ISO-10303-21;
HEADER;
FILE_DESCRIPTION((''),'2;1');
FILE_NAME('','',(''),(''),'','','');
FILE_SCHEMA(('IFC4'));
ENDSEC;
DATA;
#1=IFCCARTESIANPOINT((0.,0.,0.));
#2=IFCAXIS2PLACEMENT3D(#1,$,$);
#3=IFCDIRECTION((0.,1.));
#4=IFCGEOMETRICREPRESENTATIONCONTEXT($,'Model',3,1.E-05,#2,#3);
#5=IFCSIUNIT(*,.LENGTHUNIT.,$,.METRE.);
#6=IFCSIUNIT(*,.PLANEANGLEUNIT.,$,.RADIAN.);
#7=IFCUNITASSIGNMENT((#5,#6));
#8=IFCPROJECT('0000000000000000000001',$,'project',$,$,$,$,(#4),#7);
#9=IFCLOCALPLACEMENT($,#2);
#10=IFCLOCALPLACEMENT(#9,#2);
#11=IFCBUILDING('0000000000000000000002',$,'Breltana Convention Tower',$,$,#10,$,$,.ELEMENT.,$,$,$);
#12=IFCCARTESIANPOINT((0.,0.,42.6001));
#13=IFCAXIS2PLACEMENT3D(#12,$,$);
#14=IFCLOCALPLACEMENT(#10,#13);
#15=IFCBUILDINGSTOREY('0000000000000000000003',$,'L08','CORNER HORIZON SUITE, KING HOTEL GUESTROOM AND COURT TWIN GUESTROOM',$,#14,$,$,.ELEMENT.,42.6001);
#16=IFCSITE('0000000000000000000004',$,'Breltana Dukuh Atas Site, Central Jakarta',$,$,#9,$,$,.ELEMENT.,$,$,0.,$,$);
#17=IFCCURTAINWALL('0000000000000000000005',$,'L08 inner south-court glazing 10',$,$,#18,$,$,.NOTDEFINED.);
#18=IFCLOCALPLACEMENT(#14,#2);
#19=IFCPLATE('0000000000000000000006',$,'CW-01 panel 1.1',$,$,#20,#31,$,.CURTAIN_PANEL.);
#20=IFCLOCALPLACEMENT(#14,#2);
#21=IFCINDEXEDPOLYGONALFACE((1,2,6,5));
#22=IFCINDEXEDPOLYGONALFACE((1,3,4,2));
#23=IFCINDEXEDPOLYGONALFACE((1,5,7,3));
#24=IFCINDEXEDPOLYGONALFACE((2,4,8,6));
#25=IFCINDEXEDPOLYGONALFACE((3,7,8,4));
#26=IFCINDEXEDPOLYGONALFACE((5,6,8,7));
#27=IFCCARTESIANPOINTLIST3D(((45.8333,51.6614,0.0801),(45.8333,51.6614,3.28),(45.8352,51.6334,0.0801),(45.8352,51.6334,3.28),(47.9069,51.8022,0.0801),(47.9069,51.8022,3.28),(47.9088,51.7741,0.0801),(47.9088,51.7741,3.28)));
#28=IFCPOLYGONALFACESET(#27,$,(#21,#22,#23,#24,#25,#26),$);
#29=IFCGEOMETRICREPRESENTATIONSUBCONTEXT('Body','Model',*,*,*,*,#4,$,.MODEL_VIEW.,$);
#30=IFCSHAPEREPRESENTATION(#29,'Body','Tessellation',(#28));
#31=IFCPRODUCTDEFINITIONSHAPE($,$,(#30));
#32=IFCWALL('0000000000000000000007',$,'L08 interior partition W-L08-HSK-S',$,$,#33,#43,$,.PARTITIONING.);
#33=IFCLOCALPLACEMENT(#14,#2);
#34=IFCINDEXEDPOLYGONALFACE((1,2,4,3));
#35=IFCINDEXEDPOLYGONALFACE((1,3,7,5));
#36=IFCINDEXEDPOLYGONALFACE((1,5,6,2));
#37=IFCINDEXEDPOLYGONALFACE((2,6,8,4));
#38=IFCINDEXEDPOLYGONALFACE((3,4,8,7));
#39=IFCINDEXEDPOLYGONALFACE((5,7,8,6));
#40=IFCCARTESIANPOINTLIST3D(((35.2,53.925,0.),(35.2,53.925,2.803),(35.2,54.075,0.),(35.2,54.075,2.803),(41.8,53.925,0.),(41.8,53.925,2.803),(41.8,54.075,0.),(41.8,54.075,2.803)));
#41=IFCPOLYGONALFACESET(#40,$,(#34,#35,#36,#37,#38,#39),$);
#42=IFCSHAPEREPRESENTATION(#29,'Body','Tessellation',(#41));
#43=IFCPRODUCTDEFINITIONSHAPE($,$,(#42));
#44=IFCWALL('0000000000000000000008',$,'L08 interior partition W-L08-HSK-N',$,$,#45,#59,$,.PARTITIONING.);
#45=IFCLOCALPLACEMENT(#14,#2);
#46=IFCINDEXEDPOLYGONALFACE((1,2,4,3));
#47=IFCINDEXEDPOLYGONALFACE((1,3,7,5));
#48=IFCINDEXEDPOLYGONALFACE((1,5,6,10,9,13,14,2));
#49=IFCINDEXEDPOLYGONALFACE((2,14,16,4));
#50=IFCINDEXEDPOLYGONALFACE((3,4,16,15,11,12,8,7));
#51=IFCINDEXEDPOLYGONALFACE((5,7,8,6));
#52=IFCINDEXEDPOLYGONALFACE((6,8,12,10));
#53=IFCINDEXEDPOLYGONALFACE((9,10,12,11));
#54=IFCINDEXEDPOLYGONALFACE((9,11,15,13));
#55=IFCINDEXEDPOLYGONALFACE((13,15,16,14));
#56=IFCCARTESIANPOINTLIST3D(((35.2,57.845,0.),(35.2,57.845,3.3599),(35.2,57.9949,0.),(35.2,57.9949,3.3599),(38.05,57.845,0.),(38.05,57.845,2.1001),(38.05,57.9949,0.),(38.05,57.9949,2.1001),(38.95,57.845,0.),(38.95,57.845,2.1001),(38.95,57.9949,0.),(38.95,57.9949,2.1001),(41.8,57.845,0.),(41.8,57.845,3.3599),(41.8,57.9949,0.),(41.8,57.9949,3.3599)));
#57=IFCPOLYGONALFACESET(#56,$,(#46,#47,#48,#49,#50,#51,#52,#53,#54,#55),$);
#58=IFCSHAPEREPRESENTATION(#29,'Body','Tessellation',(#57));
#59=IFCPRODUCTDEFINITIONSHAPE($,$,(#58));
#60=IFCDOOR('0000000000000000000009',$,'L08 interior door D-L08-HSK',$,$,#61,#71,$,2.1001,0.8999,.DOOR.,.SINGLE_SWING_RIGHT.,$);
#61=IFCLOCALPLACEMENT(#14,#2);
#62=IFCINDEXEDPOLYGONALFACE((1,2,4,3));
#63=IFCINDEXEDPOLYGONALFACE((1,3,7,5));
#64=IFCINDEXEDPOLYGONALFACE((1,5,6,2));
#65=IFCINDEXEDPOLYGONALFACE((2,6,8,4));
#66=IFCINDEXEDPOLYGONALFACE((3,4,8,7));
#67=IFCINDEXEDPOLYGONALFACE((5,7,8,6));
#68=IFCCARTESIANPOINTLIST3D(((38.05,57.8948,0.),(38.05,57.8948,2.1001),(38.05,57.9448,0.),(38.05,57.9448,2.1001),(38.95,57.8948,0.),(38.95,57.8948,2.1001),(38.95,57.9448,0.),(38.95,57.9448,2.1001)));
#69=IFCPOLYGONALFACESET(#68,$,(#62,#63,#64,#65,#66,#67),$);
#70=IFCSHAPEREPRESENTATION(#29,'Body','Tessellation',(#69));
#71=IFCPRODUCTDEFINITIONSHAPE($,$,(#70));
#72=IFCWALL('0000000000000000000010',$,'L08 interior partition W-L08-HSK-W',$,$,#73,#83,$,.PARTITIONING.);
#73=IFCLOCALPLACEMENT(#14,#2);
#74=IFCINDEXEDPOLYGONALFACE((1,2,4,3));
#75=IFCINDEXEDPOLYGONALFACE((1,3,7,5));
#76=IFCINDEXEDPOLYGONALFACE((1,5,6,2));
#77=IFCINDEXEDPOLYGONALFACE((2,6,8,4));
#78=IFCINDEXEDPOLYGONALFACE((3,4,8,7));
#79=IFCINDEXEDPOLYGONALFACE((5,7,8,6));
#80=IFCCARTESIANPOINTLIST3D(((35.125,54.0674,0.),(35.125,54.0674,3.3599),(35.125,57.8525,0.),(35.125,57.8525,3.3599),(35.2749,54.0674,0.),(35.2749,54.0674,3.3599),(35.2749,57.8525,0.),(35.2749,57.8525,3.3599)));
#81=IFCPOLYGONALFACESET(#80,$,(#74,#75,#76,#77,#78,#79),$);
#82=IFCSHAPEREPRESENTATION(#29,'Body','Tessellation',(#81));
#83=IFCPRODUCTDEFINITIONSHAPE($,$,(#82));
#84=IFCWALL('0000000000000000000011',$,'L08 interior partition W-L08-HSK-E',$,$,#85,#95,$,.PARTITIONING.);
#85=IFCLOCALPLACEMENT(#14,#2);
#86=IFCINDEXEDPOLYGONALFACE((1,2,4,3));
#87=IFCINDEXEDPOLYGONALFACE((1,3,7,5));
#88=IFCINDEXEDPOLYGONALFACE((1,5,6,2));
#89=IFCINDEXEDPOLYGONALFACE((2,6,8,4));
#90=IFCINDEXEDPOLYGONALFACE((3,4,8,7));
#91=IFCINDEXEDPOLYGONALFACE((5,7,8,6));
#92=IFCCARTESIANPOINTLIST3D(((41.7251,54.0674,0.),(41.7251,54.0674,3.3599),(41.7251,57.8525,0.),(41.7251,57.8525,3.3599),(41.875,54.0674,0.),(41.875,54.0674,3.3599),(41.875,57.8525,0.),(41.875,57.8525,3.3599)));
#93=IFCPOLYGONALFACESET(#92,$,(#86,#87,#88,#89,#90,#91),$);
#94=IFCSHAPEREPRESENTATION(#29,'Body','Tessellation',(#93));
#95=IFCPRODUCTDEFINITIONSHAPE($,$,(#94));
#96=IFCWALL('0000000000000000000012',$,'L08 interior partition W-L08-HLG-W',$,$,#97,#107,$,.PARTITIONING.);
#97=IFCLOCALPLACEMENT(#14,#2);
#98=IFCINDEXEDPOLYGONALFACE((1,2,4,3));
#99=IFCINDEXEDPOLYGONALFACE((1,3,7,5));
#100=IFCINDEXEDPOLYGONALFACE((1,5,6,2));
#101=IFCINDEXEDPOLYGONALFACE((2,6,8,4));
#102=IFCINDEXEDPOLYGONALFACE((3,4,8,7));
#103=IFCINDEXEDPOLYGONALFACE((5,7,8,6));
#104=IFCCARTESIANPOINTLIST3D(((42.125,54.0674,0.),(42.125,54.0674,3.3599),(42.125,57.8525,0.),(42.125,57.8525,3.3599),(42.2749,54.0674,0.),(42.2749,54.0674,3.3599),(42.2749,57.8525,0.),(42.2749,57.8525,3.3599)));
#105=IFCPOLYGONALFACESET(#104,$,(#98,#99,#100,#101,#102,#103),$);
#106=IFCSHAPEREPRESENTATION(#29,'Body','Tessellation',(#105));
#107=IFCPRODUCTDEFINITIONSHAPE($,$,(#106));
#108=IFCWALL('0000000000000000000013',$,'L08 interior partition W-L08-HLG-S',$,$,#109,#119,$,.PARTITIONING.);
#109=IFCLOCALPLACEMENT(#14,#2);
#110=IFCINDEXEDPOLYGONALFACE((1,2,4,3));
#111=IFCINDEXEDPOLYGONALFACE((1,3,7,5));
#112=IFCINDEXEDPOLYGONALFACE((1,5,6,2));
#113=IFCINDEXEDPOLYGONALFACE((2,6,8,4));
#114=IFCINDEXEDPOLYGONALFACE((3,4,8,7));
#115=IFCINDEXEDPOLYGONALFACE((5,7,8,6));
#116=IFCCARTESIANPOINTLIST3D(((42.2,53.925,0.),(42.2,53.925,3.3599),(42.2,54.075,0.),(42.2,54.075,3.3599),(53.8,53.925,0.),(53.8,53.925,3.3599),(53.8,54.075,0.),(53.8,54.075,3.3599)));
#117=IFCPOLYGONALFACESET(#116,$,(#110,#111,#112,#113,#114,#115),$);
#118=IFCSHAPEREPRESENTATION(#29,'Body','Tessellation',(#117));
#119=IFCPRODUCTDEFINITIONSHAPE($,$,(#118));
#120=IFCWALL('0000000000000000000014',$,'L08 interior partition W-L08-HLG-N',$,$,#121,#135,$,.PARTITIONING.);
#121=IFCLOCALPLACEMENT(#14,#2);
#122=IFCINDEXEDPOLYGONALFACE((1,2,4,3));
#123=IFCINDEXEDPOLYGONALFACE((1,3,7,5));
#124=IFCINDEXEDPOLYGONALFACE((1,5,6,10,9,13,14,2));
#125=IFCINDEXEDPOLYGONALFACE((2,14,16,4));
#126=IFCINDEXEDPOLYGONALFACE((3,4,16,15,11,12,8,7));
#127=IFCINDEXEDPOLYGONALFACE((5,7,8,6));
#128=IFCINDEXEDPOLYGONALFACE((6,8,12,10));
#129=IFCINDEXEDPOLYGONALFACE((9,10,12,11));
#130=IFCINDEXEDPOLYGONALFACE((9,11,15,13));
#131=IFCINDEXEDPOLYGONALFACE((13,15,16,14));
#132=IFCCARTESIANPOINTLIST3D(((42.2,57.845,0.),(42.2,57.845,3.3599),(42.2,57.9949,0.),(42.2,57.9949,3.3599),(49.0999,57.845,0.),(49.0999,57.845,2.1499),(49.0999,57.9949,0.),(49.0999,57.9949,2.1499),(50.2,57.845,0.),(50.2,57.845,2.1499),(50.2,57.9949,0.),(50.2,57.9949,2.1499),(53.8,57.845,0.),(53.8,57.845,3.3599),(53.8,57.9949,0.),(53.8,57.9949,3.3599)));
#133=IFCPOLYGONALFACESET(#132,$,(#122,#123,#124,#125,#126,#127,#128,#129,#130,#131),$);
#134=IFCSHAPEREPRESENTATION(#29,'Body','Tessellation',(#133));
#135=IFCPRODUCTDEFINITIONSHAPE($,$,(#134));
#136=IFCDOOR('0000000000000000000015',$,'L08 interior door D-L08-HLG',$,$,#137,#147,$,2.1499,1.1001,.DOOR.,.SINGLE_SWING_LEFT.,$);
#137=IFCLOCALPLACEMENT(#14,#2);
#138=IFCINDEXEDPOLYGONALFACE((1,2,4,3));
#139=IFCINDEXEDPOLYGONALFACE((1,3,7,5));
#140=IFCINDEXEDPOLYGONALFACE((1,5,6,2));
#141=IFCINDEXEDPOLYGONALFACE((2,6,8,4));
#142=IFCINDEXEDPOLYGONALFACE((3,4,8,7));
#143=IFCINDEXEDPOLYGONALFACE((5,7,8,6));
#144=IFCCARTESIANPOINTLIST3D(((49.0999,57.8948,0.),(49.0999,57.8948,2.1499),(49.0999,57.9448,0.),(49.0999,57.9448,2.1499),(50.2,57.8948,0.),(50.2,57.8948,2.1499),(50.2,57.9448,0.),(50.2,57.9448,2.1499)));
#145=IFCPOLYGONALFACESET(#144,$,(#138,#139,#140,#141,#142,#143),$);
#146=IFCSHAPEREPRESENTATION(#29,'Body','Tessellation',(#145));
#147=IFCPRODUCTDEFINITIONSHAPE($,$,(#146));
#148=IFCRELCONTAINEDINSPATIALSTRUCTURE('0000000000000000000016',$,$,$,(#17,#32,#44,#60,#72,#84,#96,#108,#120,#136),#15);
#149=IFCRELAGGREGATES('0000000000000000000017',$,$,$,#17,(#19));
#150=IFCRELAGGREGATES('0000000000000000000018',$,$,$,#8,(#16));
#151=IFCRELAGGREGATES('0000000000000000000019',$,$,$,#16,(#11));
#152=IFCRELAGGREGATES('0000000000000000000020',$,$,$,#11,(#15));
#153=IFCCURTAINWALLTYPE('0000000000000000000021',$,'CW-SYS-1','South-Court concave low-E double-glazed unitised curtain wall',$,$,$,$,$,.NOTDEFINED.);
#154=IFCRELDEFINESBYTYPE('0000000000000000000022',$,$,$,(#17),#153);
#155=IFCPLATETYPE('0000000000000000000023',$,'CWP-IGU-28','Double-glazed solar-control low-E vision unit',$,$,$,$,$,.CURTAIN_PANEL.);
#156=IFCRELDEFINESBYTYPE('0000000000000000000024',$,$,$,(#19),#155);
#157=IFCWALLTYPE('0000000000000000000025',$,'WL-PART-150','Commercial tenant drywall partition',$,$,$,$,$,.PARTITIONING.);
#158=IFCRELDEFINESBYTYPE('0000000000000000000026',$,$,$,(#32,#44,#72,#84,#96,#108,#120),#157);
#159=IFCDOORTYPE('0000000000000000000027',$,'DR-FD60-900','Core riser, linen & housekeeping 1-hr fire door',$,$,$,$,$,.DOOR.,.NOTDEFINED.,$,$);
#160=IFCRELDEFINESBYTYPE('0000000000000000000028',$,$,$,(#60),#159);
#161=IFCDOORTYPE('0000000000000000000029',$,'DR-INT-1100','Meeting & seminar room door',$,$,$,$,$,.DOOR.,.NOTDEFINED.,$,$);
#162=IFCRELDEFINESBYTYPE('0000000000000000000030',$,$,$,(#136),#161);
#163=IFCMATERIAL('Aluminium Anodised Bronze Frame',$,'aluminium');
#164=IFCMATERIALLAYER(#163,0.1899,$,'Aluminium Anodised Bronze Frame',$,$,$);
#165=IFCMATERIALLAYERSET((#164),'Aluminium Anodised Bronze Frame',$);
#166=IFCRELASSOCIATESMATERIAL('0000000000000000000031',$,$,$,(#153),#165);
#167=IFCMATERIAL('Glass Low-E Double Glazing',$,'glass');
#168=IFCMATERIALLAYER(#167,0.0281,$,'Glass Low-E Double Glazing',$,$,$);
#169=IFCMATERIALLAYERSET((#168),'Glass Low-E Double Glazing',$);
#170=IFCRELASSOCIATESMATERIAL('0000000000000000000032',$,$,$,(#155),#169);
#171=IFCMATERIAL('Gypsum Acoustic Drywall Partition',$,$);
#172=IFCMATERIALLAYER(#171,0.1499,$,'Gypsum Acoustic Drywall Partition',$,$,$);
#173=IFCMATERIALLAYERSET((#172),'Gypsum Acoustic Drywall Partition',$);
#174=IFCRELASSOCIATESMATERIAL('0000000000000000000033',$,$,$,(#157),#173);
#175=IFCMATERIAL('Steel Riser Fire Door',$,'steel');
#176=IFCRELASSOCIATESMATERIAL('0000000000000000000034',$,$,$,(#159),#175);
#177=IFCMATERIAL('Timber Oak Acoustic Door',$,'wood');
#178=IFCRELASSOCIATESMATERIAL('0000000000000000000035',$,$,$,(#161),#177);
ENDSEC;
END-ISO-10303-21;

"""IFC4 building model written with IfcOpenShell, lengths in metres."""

from ifc_helpers import new_model, si_unit, direction, frame, frame_2d, origin, origin_2d, place, context, subcontext, project, spatial, rectangle, extrude, source, transform, mapped, material, layer, layer_set, type_object, type_shapes, element, fill, aggregate, save


model = new_model("IFC4")

# Units and contexts
model_context = context("Model", 3, precision=1e-05, world=origin(), true_north=direction((0.0, 1.0)))
body_context = subcontext(model_context, "Body", "Model", "MODEL_VIEW")
ifc_project = project(units=[si_unit("LENGTHUNIT", "METRE"), si_unit("PLANEANGLEUNIT", "RADIAN")], contexts=[model_context])

# Site, building, storey
site_placement = place(None, origin())
site = spatial("IfcSite", under=ifc_project, at=site_placement, Name="Breltana Dukuh Atas Site, Central Jakarta", CompositionType="ELEMENT", RefElevation=0.0)
building_placement = place(site_placement, origin())
building = spatial("IfcBuilding", under=site, at=building_placement, Name="Breltana Convention Tower", CompositionType="ELEMENT")
storey_placement = place(building_placement, frame((0.0, 0.0, 42.6001)))
storey = spatial("IfcBuildingStorey", under=building, at=storey_placement, Name="L08", Description="CORNER HORIZON SUITE, KING HOTEL GUESTROOM AND COURT TWIN GUESTROOM", CompositionType="ELEMENT", Elevation=42.6001)

# Shared definitions
ifc_material_1 = material(Name="Aluminium Anodised Bronze Frame", Category="aluminium")
ifc_layer_1 = layer(ifc_material_1, 0.1899, Name="Aluminium Anodised Bronze Frame")
ifc_layer_set_1 = layer_set([ifc_layer_1], Name="Aluminium Anodised Bronze Frame")
curtain_wall_type = type_object("IfcCurtainWallType", Name="CW-SYS-1", Description="South-Court concave low-E double-glazed unitised curtain wall", PredefinedType="NOTDEFINED", material=ifc_layer_set_1)

# Curtain wall
curtain_wall_1_placement = place(storey_placement, origin())
curtain_wall_1 = element("IfcCurtainWall", 1, at=curtain_wall_1_placement, inside=storey, type_object=curtain_wall_type, Name="L08 inner south-court glazing 10", PredefinedType="NOTDEFINED")

# Plate
ifc_material_2 = material(Name="Glass Low-E Double Glazing", Category="glass")
ifc_layer_2 = layer(ifc_material_2, 0.0281, Name="Glass Low-E Double Glazing")
ifc_layer_set_2 = layer_set([ifc_layer_2], Name="Glass Low-E Double Glazing")
plate_type = type_object("IfcPlateType", Name="CWP-IGU-28", Description="Double-glazed solar-control low-E vision unit", PredefinedType="CURTAIN_PANEL", material=ifc_layer_set_2)
shared_shape_1 = source(origin(), body_context, "Body", "SweptSolid", [
    extrude(rectangle(XDim=2.0784, YDim=0.0281, at=origin_2d()), origin(), (0.0, 0.0, 1.0), 3.2),
])
plate_1_placement = place(storey_placement, frame((46.8711, 51.7178, 0.0801), z_axis=(0.0, 0.0, 1.0), x_axis=(-0.997704, -0.067726, 0.0)))
plate_1 = element("IfcPlate", 2, at=plate_1_placement, type_object=plate_type, Name="CW-01 panel 1.1", PredefinedType="CURTAIN_PANEL", context=body_context, shape_type="MappedRepresentation", body=[
    mapped(shared_shape_1, transform((0.0, 0.0, 0.0), scale=1.0)),
])
aggregate(curtain_wall_1, [plate_1])

# Wall
ifc_material_3 = material(Name="Gypsum Acoustic Drywall Partition")
ifc_layer_3 = layer(ifc_material_3, 0.1499, Name="Gypsum Acoustic Drywall Partition")
ifc_layer_set_3 = layer_set([ifc_layer_3], Name="Gypsum Acoustic Drywall Partition")
wall_type = type_object("IfcWallType", Name="WL-PART-150", Description="Commercial tenant drywall partition", PredefinedType="PARTITIONING", material=ifc_layer_set_3)
shared_shape_2 = source(origin(), body_context, "Body", "SweptSolid", [
    extrude(rectangle(XDim=6.6001, YDim=0.1499, at=frame_2d((3.3, 0.0))), origin(), (0.0, 0.0, 1.0), 2.803),
])
wall_1_placement = place(storey_placement, frame((35.2, 54.0, 0.0), z_axis=(0.0, 0.0, 1.0), x_axis=(1.0, 0.0, 0.0)))
element("IfcWall", 3, at=wall_1_placement, inside=storey, type_object=wall_type, Name="L08 interior partition W-L08-HSK-S", PredefinedType="PARTITIONING", context=body_context, shape_type="MappedRepresentation", body=[
    mapped(shared_shape_2, transform((0.0, 0.0, 0.0), scale=1.0)),
])

# Wall, opening, door
shared_shape_3 = source(origin(), body_context, "Body", "SweptSolid", [
    extrude(rectangle(XDim=6.6001, YDim=0.1499, at=frame_2d((3.3, 0.0))), origin(), (0.0, 0.0, 1.0), 3.3599),
])
wall_2_placement = place(storey_placement, frame((35.2, 57.9199, 0.0), z_axis=(0.0, 0.0, 1.0), x_axis=(1.0, 0.0, 0.0)))
wall_2 = element("IfcWall", 4, at=wall_2_placement, inside=storey, type_object=wall_type, Name="L08 interior partition W-L08-HSK-N", PredefinedType="PARTITIONING", context=body_context, shape_type="MappedRepresentation", body=[
    mapped(shared_shape_3, transform((0.0, 0.0, 0.0), scale=1.0)),
])
opening_1_placement = place(wall_2_placement, frame((2.8501, 0.0, 0.0)))
opening_1 = element("IfcOpeningElement", 5, at=opening_1_placement, cuts=wall_2, PredefinedType="OPENING", context=body_context, shape_type="SweptSolid", body=[
    extrude(rectangle(XDim=0.8999, YDim=2.1001, at=frame_2d((0.45, 1.05))), frame((0.0, 0.085, 0.0), z_axis=(0.0, -1.0, 0.0), x_axis=(1.0, 0.0, 0.0)), (0.0, 0.0, 1.0), 0.1699),
])
ifc_material_4 = material(Name="Steel Riser Fire Door", Category="steel")
door_type_1 = type_object("IfcDoorType", Name="DR-FD60-900", Description="Core riser, linen & housekeeping 1-hr fire door", OperationType="NOTDEFINED", PredefinedType="DOOR", material=ifc_material_4)
shared_shape_4 = source(origin(), body_context, "Body", "SweptSolid", [
    extrude(rectangle(XDim=0.8999, YDim=2.1001, at=frame_2d((0.45, 1.05))), frame((0.0, 0.0249, 0.0), z_axis=(0.0, -1.0, 0.0), x_axis=(1.0, 0.0, 0.0)), (0.0, 0.0, 1.0), 0.05),
])
type_shapes(door_type_1, [shared_shape_4])
door_1_placement = place(opening_1_placement, origin())
door_1 = element("IfcDoor", 6, at=door_1_placement, inside=storey, type_object=door_type_1, Name="L08 interior door D-L08-HSK", OperationType="SINGLE_SWING_RIGHT", OverallHeight=2.1001, OverallWidth=0.8999, PredefinedType="DOOR", context=body_context, shape_type="MappedRepresentation", body=[
    mapped(shared_shape_4, transform((0.0, 0.0, 0.0), scale=1.0)),
])
fill(opening_1, door_1)

# Walls
shared_shape_5 = source(origin(), body_context, "Body", "SweptSolid", [
    extrude(rectangle(XDim=3.7852, YDim=0.1499, at=frame_2d((1.8926, 0.0))), origin(), (0.0, 0.0, 1.0), 3.3599),
])
for number, where, z_axis, x_axis, name in (
    (7, (35.2, 54.0674, 0.0), (0.0, 0.0, 1.0), (0.0, 1.0, 0.0), "L08 interior partition W-L08-HSK-W"),
    (8, (41.8, 54.0674, 0.0), (0.0, 0.0, 1.0), (0.0, 1.0, 0.0), "L08 interior partition W-L08-HSK-E"),
    (9, (42.2, 54.0674, 0.0), (0.0, 0.0, 1.0), (0.0, 1.0, 0.0), "L08 interior partition W-L08-HLG-W"),
):
    element("IfcWall", number, at=place(storey_placement, frame(where, z_axis=z_axis, x_axis=x_axis)), inside=storey, type_object=wall_type, Name=name, PredefinedType="PARTITIONING", context=body_context, shape_type="MappedRepresentation", body=[
        mapped(shared_shape_5, transform((0.0, 0.0, 0.0), scale=1.0)),
    ])
shared_shape_6 = source(origin(), body_context, "Body", "SweptSolid", [
    extrude(rectangle(XDim=11.6001, YDim=0.1499, at=frame_2d((5.8, 0.0))), origin(), (0.0, 0.0, 1.0), 3.3599),
])
wall_3_placement = place(storey_placement, frame((42.2, 54.0, 0.0), z_axis=(0.0, 0.0, 1.0), x_axis=(1.0, 0.0, 0.0)))
element("IfcWall", 10, at=wall_3_placement, inside=storey, type_object=wall_type, Name="L08 interior partition W-L08-HLG-S", PredefinedType="PARTITIONING", context=body_context, shape_type="MappedRepresentation", body=[
    mapped(shared_shape_6, transform((0.0, 0.0, 0.0), scale=1.0)),
])

# Wall, opening, door
wall_4_placement = place(storey_placement, frame((42.2, 57.9199, 0.0), z_axis=(0.0, 0.0, 1.0), x_axis=(1.0, 0.0, 0.0)))
wall_4 = element("IfcWall", 11, at=wall_4_placement, inside=storey, type_object=wall_type, Name="L08 interior partition W-L08-HLG-N", PredefinedType="PARTITIONING", context=body_context, shape_type="MappedRepresentation", body=[
    mapped(shared_shape_6, transform((0.0, 0.0, 0.0), scale=1.0)),
])
opening_2_placement = place(wall_4_placement, frame((6.8999, 0.0, 0.0)))
opening_2 = element("IfcOpeningElement", 12, at=opening_2_placement, cuts=wall_4, PredefinedType="OPENING", context=body_context, shape_type="SweptSolid", body=[
    extrude(rectangle(XDim=1.1001, YDim=2.1499, at=frame_2d((0.55, 1.075))), frame((0.0, 0.085, 0.0), z_axis=(0.0, -1.0, 0.0), x_axis=(1.0, 0.0, 0.0)), (0.0, 0.0, 1.0), 0.1699),
])
ifc_material_5 = material(Name="Timber Oak Acoustic Door", Category="wood")
door_type_2 = type_object("IfcDoorType", Name="DR-INT-1100", Description="Meeting & seminar room door", OperationType="NOTDEFINED", PredefinedType="DOOR", material=ifc_material_5)
shared_shape_7 = source(origin(), body_context, "Body", "SweptSolid", [
    extrude(rectangle(XDim=1.1001, YDim=2.1499, at=frame_2d((0.55, 1.075))), frame((0.0, 0.0249, 0.0), z_axis=(0.0, -1.0, 0.0), x_axis=(1.0, 0.0, 0.0)), (0.0, 0.0, 1.0), 0.05),
])
type_shapes(door_type_2, [shared_shape_7])
door_2_placement = place(opening_2_placement, origin())
door_2 = element("IfcDoor", 13, at=door_2_placement, inside=storey, type_object=door_type_2, Name="L08 interior door D-L08-HLG", OperationType="SINGLE_SWING_LEFT", OverallHeight=2.1499, OverallWidth=1.1001, PredefinedType="DOOR", context=body_context, shape_type="MappedRepresentation", body=[
    mapped(shared_shape_7, transform((0.0, 0.0, 0.0), scale=1.0)),
])
fill(opening_2, door_2)

save(model, "model.ifc")
